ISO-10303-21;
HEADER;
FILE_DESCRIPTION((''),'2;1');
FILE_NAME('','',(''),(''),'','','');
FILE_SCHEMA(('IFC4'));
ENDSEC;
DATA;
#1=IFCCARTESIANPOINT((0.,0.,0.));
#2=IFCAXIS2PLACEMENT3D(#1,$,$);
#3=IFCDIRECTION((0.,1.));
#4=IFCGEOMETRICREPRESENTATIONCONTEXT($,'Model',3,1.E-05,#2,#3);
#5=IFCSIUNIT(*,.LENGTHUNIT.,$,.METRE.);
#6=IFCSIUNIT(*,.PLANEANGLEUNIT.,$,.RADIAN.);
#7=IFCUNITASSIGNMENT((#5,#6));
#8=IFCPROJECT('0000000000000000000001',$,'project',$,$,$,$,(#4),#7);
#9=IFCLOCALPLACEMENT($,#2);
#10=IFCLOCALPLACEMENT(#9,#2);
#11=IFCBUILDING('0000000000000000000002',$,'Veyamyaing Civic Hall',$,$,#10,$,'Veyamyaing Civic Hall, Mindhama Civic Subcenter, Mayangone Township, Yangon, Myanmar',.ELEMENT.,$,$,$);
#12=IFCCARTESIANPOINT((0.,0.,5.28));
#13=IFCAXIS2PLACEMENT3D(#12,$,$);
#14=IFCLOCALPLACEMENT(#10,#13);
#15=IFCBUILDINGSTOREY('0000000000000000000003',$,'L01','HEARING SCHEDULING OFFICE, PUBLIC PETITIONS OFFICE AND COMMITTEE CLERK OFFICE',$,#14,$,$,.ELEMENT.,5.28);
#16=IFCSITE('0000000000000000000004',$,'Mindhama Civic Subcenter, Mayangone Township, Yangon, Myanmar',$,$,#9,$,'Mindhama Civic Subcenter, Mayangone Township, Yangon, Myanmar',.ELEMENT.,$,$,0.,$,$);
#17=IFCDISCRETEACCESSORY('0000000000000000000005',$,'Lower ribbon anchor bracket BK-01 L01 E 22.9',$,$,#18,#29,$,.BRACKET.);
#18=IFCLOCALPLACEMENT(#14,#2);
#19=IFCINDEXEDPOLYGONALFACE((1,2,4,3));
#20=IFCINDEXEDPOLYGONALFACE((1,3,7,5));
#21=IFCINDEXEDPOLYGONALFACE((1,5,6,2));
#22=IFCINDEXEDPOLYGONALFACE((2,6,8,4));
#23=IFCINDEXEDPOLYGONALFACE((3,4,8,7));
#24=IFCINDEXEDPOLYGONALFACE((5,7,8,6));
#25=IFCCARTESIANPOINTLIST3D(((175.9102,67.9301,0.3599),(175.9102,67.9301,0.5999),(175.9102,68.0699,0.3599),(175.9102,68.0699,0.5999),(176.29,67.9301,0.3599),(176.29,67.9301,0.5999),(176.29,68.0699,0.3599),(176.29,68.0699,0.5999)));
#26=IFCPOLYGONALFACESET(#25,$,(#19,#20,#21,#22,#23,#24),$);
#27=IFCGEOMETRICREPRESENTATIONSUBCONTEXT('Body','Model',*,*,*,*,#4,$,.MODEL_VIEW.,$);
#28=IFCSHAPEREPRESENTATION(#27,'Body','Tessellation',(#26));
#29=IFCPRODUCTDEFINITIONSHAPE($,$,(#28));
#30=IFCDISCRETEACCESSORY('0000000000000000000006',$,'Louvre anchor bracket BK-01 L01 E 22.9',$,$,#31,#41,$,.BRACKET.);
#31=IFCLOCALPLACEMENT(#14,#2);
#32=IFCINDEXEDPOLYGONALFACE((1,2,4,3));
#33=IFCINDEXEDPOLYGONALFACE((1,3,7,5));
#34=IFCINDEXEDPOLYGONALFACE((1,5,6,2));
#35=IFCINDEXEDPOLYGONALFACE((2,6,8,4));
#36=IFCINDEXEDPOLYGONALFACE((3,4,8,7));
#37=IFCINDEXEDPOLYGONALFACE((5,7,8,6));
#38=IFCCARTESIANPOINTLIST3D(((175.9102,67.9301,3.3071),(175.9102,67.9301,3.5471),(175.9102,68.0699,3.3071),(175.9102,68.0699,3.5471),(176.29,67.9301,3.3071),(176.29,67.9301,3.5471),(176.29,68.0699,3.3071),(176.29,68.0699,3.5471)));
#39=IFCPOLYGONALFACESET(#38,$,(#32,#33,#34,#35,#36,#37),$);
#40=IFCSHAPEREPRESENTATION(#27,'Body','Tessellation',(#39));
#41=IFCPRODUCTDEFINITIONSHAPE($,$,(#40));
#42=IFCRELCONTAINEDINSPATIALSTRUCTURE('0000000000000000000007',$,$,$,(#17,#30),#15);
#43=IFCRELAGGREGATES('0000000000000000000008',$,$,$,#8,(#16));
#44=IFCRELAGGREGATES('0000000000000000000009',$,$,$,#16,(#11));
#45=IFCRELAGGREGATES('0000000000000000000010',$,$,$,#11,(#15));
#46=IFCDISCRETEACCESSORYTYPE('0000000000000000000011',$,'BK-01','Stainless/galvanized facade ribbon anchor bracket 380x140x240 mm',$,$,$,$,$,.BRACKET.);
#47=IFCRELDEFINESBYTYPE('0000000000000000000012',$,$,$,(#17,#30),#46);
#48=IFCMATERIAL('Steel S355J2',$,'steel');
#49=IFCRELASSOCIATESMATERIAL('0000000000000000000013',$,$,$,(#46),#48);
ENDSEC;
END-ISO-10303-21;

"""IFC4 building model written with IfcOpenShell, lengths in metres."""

from ifc_helpers import new_model, si_unit, direction, frame, origin, origin_2d, place, context, subcontext, project, spatial, rectangle, extrude, material, type_object, element, save


model = new_model("IFC4")

# Units and contexts
model_context = context("Model", 3, precision=1e-05, world=origin(), true_north=direction((0.0, 1.0)))
body_context = subcontext(model_context, "Body", "Model", "MODEL_VIEW")
ifc_project = project(units=[si_unit("LENGTHUNIT", "METRE"), si_unit("PLANEANGLEUNIT", "RADIAN")], contexts=[model_context])

# Site, building, storey
site_placement = place(None, origin())
site = spatial("IfcSite", under=ifc_project, at=site_placement, Name="Mindhama Civic Subcenter, Mayangone Township, Yangon, Myanmar", LongName="Mindhama Civic Subcenter, Mayangone Township, Yangon, Myanmar", CompositionType="ELEMENT", RefElevation=0.0)
building_placement = place(site_placement, origin())
building = spatial("IfcBuilding", under=site, at=building_placement, Name="Veyamyaing Civic Hall", LongName="Veyamyaing Civic Hall, Mindhama Civic Subcenter, Mayangone Township, Yangon, Myanmar", CompositionType="ELEMENT")
storey_placement = place(building_placement, frame((0.0, 0.0, 5.28)))
storey = spatial("IfcBuildingStorey", under=building, at=storey_placement, Name="L01", Description="HEARING SCHEDULING OFFICE, PUBLIC PETITIONS OFFICE AND COMMITTEE CLERK OFFICE", CompositionType="ELEMENT", Elevation=5.28)

# Discrete accessories
ifc_material_1 = material(Name="Steel S355J2", Category="steel")
discrete_accessory_type = type_object("IfcDiscreteAccessoryType", Name="BK-01", Description="Stainless/galvanized facade ribbon anchor bracket 380x140x240 mm", PredefinedType="BRACKET", material=ifc_material_1)
for number, where, z_axis, x_axis, name in (
    (1, (176.1001, 68.0, 0.3599), (0.0, 0.0, 1.0), (1.0, 0.0, 0.0), "Lower ribbon anchor bracket BK-01 L01 E 22.9"),
    (2, (176.1001, 68.0, 3.3071), (0.0, 0.0, 1.0), (1.0, 0.0, 0.0), "Louvre anchor bracket BK-01 L01 E 22.9"),
):
    element("IfcDiscreteAccessory", number, at=place(storey_placement, frame(where, z_axis=z_axis, x_axis=x_axis)), inside=storey, type_object=discrete_accessory_type, Name=name, PredefinedType="BRACKET", context=body_context, shape_type="SweptSolid", body=[
        extrude(rectangle(XDim=0.3799, YDim=0.1399, at=origin_2d()), origin(), (0.0, 0.0, 1.0), 0.24),
    ])

save(model, "model.ifc")
